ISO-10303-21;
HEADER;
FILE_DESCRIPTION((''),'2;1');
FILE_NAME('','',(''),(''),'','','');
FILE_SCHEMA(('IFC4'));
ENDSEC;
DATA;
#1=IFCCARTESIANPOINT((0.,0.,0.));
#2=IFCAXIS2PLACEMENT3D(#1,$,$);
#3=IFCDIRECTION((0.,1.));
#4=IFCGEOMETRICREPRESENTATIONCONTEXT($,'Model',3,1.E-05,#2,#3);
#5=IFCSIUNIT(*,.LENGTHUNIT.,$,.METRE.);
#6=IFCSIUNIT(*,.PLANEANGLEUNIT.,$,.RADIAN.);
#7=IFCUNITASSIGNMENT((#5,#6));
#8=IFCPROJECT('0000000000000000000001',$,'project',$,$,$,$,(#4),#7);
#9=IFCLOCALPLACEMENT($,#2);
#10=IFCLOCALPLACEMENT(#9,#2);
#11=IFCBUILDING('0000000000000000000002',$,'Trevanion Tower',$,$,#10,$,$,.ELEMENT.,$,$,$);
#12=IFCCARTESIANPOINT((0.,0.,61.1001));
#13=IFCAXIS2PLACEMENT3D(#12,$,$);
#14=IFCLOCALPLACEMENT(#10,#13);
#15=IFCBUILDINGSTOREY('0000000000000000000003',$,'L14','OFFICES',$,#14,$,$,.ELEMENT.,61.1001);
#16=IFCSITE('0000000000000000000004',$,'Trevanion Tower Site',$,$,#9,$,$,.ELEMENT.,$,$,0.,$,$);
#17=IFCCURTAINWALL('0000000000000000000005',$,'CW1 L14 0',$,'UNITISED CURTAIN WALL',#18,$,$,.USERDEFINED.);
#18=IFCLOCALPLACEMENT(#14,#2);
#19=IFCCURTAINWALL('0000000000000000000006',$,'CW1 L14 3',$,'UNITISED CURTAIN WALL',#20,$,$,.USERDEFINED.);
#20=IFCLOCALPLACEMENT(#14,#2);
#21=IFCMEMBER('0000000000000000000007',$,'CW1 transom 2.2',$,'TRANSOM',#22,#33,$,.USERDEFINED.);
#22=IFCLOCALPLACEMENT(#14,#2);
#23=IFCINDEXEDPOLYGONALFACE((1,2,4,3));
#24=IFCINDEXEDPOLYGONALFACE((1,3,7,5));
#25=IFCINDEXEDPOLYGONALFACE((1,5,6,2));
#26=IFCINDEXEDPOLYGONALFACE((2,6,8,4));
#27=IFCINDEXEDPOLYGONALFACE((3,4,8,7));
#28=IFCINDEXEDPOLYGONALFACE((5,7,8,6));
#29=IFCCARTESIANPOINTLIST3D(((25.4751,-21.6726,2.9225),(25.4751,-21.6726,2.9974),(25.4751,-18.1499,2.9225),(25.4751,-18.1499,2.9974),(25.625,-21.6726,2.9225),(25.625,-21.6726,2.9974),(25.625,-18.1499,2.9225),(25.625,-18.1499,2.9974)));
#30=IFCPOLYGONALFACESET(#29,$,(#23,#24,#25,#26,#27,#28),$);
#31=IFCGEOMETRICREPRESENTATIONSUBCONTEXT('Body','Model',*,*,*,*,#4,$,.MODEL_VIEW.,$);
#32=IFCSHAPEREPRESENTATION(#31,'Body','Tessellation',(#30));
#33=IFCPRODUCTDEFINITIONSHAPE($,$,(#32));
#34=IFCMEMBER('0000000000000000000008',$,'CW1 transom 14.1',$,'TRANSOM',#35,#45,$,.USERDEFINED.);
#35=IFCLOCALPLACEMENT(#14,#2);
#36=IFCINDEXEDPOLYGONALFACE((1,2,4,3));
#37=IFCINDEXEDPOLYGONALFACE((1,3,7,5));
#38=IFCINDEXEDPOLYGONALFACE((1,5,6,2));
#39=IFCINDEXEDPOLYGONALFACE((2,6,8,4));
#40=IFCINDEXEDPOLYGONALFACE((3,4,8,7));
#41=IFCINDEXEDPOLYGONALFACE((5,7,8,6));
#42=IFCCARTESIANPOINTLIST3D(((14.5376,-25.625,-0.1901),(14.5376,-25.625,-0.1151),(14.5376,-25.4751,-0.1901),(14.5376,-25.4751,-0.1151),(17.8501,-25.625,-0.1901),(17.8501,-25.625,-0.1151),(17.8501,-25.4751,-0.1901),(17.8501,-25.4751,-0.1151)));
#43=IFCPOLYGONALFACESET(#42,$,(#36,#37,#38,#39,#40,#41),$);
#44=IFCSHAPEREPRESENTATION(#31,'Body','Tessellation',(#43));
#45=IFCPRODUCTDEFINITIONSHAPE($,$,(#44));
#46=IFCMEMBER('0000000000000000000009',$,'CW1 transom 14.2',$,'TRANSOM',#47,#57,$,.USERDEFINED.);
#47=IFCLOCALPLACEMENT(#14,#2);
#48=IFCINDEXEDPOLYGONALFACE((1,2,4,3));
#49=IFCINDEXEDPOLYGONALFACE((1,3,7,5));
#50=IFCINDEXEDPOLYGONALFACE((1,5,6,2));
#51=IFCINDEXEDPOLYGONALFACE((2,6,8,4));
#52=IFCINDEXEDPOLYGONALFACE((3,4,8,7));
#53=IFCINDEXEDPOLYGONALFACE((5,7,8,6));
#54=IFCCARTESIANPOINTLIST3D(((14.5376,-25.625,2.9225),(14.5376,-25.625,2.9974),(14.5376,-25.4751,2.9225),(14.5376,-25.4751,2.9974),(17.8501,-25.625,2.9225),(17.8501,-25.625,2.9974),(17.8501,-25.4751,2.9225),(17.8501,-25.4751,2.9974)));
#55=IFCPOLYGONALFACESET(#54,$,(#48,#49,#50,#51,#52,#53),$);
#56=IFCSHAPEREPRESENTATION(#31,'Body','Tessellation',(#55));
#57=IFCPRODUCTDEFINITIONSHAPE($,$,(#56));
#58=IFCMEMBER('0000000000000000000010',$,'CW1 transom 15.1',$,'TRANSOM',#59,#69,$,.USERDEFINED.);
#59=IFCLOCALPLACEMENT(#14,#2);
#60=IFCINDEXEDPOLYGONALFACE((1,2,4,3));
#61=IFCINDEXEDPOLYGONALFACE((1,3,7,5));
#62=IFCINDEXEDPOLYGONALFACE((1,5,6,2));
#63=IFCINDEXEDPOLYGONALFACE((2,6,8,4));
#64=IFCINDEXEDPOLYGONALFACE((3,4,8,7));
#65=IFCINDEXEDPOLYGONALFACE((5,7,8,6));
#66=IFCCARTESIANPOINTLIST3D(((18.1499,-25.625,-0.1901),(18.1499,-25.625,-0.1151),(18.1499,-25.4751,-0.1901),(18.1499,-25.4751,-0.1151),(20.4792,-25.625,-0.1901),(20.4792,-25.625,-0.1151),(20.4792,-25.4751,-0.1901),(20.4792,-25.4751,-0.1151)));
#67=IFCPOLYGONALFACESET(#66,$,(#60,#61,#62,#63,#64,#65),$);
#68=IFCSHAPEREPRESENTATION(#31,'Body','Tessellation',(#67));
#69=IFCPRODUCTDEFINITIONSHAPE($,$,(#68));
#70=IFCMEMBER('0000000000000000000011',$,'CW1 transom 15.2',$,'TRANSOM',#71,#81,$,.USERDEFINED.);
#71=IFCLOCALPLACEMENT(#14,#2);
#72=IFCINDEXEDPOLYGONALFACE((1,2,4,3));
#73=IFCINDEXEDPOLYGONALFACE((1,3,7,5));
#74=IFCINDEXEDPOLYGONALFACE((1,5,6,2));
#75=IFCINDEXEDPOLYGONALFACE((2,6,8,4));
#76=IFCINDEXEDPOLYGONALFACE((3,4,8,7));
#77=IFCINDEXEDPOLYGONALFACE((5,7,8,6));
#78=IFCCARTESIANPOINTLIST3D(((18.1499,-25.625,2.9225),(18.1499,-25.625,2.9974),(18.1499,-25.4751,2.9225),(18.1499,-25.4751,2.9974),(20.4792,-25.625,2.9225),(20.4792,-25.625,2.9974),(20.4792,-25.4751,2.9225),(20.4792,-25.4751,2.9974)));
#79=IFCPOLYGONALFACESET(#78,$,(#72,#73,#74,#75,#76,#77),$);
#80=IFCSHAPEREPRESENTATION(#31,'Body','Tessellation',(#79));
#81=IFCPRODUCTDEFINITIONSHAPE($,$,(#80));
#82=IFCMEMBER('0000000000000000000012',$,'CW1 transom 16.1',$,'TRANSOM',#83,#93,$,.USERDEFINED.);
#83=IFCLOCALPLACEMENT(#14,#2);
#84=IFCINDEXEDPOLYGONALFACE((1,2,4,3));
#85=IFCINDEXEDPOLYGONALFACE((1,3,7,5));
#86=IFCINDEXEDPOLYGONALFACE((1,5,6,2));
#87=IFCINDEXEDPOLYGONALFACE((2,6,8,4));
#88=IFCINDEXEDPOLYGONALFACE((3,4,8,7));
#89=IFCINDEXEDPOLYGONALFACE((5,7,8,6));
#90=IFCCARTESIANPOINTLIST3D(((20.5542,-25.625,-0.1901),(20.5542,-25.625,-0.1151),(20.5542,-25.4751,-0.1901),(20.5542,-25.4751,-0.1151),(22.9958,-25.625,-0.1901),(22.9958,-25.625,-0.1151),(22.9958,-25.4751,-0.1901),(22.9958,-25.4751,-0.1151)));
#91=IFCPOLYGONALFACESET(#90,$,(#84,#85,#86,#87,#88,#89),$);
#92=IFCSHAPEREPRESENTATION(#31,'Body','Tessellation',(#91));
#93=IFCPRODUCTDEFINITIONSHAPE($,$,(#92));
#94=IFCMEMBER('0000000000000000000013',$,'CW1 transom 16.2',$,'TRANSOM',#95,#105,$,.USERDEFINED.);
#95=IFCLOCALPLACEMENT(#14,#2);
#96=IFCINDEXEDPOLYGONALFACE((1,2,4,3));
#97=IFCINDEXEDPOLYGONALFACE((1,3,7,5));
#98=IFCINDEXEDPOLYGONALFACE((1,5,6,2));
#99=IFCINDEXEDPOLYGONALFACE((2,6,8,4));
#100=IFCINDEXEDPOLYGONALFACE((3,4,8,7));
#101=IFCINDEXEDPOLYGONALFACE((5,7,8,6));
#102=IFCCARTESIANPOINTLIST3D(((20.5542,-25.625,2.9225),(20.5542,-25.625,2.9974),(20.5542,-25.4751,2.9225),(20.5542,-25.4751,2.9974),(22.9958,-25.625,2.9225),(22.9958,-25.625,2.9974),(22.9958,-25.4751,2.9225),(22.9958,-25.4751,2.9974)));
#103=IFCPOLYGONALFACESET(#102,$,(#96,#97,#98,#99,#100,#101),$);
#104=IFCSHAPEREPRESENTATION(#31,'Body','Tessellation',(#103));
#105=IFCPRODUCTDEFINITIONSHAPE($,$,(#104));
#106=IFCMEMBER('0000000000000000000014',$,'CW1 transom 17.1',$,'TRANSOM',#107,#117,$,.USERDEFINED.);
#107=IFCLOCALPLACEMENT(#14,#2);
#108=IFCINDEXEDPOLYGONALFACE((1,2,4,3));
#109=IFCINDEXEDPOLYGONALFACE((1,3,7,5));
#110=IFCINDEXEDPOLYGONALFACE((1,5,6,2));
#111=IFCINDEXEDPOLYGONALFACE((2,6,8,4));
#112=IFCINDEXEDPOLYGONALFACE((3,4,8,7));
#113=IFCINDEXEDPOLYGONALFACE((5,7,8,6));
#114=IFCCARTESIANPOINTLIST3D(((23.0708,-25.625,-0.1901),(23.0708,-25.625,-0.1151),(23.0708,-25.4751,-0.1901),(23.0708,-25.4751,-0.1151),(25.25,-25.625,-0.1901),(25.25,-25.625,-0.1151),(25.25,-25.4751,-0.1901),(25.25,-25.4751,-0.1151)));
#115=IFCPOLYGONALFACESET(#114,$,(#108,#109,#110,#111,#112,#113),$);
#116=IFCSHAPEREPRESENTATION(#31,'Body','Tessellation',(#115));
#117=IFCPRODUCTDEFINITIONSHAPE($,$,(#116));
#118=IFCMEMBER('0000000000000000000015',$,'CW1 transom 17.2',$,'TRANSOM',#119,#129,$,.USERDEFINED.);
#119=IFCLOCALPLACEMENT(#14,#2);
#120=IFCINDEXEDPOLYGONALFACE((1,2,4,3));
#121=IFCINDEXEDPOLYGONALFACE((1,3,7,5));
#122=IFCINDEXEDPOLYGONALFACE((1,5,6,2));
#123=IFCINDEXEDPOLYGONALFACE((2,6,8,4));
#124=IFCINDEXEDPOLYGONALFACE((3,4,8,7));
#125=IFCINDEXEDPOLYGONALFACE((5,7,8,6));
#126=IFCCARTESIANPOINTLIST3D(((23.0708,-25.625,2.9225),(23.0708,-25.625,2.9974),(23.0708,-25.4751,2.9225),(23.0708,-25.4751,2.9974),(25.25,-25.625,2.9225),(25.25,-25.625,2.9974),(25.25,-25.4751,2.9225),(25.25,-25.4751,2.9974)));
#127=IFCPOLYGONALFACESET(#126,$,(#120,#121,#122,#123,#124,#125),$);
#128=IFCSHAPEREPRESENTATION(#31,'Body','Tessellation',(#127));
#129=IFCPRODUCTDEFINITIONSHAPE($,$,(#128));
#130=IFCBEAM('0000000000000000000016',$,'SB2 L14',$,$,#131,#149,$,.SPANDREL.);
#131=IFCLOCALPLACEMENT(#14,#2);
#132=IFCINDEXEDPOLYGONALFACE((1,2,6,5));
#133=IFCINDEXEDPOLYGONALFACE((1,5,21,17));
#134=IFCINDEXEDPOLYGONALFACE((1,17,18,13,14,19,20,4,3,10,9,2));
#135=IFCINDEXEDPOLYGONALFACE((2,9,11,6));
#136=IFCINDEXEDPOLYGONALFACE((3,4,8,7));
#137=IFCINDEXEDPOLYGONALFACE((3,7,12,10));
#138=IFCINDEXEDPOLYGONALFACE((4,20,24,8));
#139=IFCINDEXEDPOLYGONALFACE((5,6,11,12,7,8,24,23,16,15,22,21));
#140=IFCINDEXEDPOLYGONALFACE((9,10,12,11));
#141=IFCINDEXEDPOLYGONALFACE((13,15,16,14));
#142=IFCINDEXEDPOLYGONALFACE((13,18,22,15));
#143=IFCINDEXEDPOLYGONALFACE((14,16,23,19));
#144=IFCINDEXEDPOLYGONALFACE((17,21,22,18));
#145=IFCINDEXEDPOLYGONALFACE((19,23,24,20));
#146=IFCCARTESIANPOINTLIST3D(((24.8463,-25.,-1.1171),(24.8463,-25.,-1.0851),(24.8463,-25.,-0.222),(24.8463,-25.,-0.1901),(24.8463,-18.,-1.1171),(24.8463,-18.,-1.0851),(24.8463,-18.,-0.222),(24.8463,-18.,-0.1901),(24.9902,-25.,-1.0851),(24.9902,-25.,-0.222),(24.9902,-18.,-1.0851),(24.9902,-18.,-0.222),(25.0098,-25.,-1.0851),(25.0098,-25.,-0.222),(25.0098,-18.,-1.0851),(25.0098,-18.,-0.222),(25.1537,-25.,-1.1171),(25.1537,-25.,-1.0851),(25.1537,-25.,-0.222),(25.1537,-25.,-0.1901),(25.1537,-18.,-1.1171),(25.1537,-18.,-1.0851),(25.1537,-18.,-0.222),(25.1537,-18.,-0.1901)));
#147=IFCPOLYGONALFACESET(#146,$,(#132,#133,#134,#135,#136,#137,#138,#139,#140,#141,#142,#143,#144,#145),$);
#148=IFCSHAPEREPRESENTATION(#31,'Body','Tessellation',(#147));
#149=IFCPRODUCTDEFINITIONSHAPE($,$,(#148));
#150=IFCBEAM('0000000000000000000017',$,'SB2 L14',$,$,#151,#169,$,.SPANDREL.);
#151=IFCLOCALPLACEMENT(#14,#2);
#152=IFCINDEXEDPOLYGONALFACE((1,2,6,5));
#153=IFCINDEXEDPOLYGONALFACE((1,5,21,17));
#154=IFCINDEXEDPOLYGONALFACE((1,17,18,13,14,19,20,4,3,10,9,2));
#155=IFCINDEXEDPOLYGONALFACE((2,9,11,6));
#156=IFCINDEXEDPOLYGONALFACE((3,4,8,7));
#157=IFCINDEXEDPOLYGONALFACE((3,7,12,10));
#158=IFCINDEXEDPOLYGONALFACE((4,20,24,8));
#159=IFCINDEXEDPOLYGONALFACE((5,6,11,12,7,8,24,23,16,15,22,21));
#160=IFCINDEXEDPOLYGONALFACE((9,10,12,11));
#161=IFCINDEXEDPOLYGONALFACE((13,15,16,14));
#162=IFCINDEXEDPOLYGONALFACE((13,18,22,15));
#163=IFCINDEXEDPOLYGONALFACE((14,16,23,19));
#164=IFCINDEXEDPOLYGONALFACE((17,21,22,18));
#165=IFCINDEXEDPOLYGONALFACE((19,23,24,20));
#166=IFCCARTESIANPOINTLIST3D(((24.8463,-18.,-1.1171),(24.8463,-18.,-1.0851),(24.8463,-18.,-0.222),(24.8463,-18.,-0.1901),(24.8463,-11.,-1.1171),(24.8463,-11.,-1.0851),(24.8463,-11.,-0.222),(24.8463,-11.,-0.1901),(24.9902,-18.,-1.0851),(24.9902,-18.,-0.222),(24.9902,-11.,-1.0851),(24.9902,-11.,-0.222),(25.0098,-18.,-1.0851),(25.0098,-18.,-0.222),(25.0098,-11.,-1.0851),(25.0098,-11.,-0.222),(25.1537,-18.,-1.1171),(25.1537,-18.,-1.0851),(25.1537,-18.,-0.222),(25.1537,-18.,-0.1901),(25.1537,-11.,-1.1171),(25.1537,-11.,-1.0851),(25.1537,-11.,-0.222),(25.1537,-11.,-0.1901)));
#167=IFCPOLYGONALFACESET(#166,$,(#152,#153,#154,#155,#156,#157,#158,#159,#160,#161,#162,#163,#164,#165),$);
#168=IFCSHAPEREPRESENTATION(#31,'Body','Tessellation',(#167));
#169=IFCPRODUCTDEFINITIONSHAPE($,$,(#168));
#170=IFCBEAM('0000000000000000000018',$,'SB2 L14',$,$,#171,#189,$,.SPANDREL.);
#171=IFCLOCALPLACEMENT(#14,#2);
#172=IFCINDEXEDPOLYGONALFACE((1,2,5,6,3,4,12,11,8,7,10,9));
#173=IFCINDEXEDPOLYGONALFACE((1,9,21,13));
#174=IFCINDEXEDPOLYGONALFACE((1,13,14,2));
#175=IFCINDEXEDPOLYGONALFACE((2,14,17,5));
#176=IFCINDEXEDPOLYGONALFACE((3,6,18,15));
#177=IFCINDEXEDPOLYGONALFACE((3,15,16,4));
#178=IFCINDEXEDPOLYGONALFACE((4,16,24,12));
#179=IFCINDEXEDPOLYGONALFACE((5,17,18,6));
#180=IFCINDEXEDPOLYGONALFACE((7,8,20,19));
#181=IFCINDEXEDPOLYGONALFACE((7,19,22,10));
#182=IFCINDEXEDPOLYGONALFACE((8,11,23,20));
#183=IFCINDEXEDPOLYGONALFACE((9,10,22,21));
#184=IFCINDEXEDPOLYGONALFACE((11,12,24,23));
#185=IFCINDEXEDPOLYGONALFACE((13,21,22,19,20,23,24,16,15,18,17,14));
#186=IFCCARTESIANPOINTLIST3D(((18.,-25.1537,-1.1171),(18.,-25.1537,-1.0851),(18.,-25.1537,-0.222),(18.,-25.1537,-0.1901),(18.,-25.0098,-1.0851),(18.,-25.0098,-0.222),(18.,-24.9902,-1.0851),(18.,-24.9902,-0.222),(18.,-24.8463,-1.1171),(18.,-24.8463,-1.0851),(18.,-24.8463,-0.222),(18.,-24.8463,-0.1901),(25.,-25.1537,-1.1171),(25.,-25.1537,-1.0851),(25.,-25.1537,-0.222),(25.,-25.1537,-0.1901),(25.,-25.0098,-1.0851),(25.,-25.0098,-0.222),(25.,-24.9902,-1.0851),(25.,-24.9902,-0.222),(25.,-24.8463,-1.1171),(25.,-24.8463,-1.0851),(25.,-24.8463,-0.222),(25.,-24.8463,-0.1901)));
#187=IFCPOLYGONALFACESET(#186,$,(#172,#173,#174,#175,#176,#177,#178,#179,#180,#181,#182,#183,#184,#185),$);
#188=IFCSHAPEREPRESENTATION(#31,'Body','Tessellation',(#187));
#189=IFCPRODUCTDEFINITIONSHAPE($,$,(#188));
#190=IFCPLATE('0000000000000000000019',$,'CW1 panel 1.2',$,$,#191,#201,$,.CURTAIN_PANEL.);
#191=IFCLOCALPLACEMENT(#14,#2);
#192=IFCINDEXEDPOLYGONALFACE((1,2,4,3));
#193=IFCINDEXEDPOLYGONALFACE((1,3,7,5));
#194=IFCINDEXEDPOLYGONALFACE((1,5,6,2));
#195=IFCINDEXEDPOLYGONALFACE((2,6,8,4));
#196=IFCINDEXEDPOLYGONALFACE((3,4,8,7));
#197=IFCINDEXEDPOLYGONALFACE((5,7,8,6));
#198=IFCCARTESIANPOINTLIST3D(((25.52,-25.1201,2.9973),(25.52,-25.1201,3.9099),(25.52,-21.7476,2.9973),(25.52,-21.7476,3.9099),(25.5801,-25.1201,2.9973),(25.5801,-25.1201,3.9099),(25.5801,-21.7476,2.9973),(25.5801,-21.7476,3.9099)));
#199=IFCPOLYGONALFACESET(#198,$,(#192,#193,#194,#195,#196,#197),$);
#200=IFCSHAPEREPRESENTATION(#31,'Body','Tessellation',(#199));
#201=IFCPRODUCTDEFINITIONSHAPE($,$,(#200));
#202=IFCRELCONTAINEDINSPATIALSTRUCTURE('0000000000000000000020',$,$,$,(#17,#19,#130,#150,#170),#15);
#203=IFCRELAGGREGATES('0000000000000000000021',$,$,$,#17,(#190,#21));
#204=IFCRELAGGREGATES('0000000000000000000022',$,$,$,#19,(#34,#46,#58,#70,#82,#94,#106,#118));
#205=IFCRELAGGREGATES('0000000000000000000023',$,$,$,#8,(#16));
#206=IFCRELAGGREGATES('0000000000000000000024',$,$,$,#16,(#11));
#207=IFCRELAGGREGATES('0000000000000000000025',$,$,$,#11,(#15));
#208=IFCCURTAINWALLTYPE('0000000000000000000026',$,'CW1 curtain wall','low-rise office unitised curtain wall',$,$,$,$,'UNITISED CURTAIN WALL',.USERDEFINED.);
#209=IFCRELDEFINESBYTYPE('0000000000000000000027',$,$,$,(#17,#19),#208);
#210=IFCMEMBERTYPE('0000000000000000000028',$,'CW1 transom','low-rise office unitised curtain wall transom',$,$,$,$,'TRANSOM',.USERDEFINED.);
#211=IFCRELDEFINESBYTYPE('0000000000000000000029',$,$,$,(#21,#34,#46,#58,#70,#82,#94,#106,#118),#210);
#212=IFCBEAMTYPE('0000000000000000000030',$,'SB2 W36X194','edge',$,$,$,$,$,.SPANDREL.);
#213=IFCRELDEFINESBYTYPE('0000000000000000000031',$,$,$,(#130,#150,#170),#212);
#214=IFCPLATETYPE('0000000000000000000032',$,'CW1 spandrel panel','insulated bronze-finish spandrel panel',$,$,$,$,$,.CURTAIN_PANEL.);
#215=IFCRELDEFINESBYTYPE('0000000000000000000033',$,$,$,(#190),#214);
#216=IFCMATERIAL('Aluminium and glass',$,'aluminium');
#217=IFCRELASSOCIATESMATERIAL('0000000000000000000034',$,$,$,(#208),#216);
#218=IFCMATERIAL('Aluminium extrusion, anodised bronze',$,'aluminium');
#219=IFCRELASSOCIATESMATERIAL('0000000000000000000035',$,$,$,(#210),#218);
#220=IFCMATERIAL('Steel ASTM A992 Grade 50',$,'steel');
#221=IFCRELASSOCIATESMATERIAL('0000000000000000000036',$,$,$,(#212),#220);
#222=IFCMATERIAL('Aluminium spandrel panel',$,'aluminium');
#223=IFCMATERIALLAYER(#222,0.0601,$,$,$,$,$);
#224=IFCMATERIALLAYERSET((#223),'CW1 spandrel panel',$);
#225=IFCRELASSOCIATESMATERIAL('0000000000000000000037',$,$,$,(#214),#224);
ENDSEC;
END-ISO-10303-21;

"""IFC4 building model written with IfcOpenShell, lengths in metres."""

from ifc_helpers import new_model, si_unit, direction, frame, origin, origin_2d, place, context, subcontext, project, spatial, rectangle, i_section, extrude, material, layer, layer_set, material_profile, profile_set, type_object, element, aggregate, save


model = new_model("IFC4")

# Units and contexts
model_context = context("Model", 3, precision=1e-05, world=origin(), true_north=direction((0.0, 1.0)))
body_context = subcontext(model_context, "Body", "Model", "MODEL_VIEW")
ifc_project = project(units=[si_unit("LENGTHUNIT", "METRE"), si_unit("PLANEANGLEUNIT", "RADIAN")], contexts=[model_context])

# Site, building, storey
site_placement = place(None, origin())
site = spatial("IfcSite", under=ifc_project, at=site_placement, Name="Trevanion Tower Site", CompositionType="ELEMENT", RefElevation=0.0)
building_placement = place(site_placement, origin())
building = spatial("IfcBuilding", under=site, at=building_placement, Name="Trevanion Tower", CompositionType="ELEMENT")
storey_placement = place(building_placement, frame((0.0, 0.0, 61.1001)))
storey = spatial("IfcBuildingStorey", under=building, at=storey_placement, Name="L14", Description="OFFICES", CompositionType="ELEMENT", Elevation=61.1001)

# Curtain wall
ifc_material_1 = material(Name="Aluminium and glass", Category="aluminium")
curtain_wall_type = type_object("IfcCurtainWallType", Name="CW1 curtain wall", Description="low-rise office unitised curtain wall", ElementType="UNITISED CURTAIN WALL", PredefinedType="USERDEFINED", material=ifc_material_1)
curtain_wall_1_placement = place(storey_placement, origin())
curtain_wall_1 = element("IfcCurtainWall", 1, at=curtain_wall_1_placement, inside=storey, type_object=curtain_wall_type, Name="CW1 L14 0", ObjectType="UNITISED CURTAIN WALL", PredefinedType="USERDEFINED")

# Curtain wall
curtain_wall_2_placement = place(storey_placement, origin())
curtain_wall_2 = element("IfcCurtainWall", 2, at=curtain_wall_2_placement, inside=storey, type_object=curtain_wall_type, Name="CW1 L14 3", ObjectType="UNITISED CURTAIN WALL", PredefinedType="USERDEFINED")

# Members
ifc_material_2 = material(Name="Aluminium extrusion, anodised bronze", Category="aluminium")
ifc_material_profile_1 = material_profile(ifc_material_2, rectangle(XDim=0.1499, YDim=0.075, at=origin_2d()), Name="CW1 transom")
ifc_profile_set_1 = profile_set([ifc_material_profile_1], Name="Aluminium extrusion, anodised bronze")
member_type_1 = type_object("IfcMemberType", Name="CW1 transom", Description="low-rise office unitised curtain wall transom", ElementType="TRANSOM", PredefinedType="USERDEFINED", material=ifc_profile_set_1)
member_1_placement = place(storey_placement, frame((25.55, -21.6726, 2.96), z_axis=(0.0, 1.0, 0.0), x_axis=(-1.0, 0.0, 0.0)))
member_1 = element("IfcMember", 3, at=member_1_placement, type_object=member_type_1, Name="CW1 transom 2.2", ObjectType="TRANSOM", PredefinedType="USERDEFINED", context=body_context, shape_type="SweptSolid", body=[
    extrude(rectangle(XDim=0.1499, YDim=0.075, at=origin_2d()), origin(), (0.0, 0.0, 1.0), 3.5227),
])
member_2_placement = place(storey_placement, frame((14.5376, -25.55, -0.1526), z_axis=(1.0, 0.0, 0.0), x_axis=(0.0, 1.0, 0.0)))
member_2 = element("IfcMember", 4, at=member_2_placement, type_object=member_type_1, Name="CW1 transom 14.1", ObjectType="TRANSOM", PredefinedType="USERDEFINED", context=body_context, shape_type="SweptSolid", body=[
    extrude(rectangle(XDim=0.1499, YDim=0.075, at=origin_2d()), origin(), (0.0, 0.0, 1.0), 3.3125),
])
member_3_placement = place(storey_placement, frame((14.5376, -25.55, 2.96), z_axis=(1.0, 0.0, 0.0), x_axis=(0.0, 1.0, 0.0)))
member_3 = element("IfcMember", 5, at=member_3_placement, type_object=member_type_1, Name="CW1 transom 14.2", ObjectType="TRANSOM", PredefinedType="USERDEFINED", context=body_context, shape_type="SweptSolid", body=[
    extrude(rectangle(XDim=0.1499, YDim=0.075, at=origin_2d()), origin(), (0.0, 0.0, 1.0), 3.3125),
])
member_4_placement = place(storey_placement, frame((18.1499, -25.55, -0.1526), z_axis=(1.0, 0.0, 0.0), x_axis=(0.0, 1.0, 0.0)))
member_4 = element("IfcMember", 6, at=member_4_placement, type_object=member_type_1, Name="CW1 transom 15.1", ObjectType="TRANSOM", PredefinedType="USERDEFINED", context=body_context, shape_type="SweptSolid", body=[
    extrude(rectangle(XDim=0.1499, YDim=0.075, at=origin_2d()), origin(), (0.0, 0.0, 1.0), 2.3293),
])
member_5_placement = place(storey_placement, frame((18.1499, -25.55, 2.96), z_axis=(1.0, 0.0, 0.0), x_axis=(0.0, 1.0, 0.0)))
member_5 = element("IfcMember", 7, at=member_5_placement, type_object=member_type_1, Name="CW1 transom 15.2", ObjectType="TRANSOM", PredefinedType="USERDEFINED", context=body_context, shape_type="SweptSolid", body=[
    extrude(rectangle(XDim=0.1499, YDim=0.075, at=origin_2d()), origin(), (0.0, 0.0, 1.0), 2.3293),
])
member_6_placement = place(storey_placement, frame((20.5542, -25.55, -0.1526), z_axis=(1.0, 0.0, 0.0), x_axis=(0.0, 1.0, 0.0)))
member_6 = element("IfcMember", 8, at=member_6_placement, type_object=member_type_1, Name="CW1 transom 16.1", ObjectType="TRANSOM", PredefinedType="USERDEFINED", context=body_context, shape_type="SweptSolid", body=[
    extrude(rectangle(XDim=0.1499, YDim=0.075, at=origin_2d()), origin(), (0.0, 0.0, 1.0), 2.4417),
])
member_7_placement = place(storey_placement, frame((20.5542, -25.55, 2.96), z_axis=(1.0, 0.0, 0.0), x_axis=(0.0, 1.0, 0.0)))
member_7 = element("IfcMember", 9, at=member_7_placement, type_object=member_type_1, Name="CW1 transom 16.2", ObjectType="TRANSOM", PredefinedType="USERDEFINED", context=body_context, shape_type="SweptSolid", body=[
    extrude(rectangle(XDim=0.1499, YDim=0.075, at=origin_2d()), origin(), (0.0, 0.0, 1.0), 2.4417),
])
member_8_placement = place(storey_placement, frame((23.0708, -25.55, -0.1526), z_axis=(1.0, 0.0, 0.0), x_axis=(0.0, 1.0, 0.0)))
member_8 = element("IfcMember", 10, at=member_8_placement, type_object=member_type_1, Name="CW1 transom 17.1", ObjectType="TRANSOM", PredefinedType="USERDEFINED", context=body_context, shape_type="SweptSolid", body=[
    extrude(rectangle(XDim=0.1499, YDim=0.075, at=origin_2d()), origin(), (0.0, 0.0, 1.0), 2.1792),
])
member_9_placement = place(storey_placement, frame((23.0708, -25.55, 2.96), z_axis=(1.0, 0.0, 0.0), x_axis=(0.0, 1.0, 0.0)))
member_9 = element("IfcMember", 11, at=member_9_placement, type_object=member_type_1, Name="CW1 transom 17.2", ObjectType="TRANSOM", PredefinedType="USERDEFINED", context=body_context, shape_type="SweptSolid", body=[
    extrude(rectangle(XDim=0.1499, YDim=0.075, at=origin_2d()), origin(), (0.0, 0.0, 1.0), 2.1792),
])

# Beams
ifc_material_3 = material(Name="Steel ASTM A992 Grade 50", Category="steel")
ifc_material_profile_2 = material_profile(ifc_material_3, i_section(OverallWidth=0.3074, OverallDepth=0.927, WebThickness=0.0195, FlangeThickness=0.032, at=origin_2d()), Name="W36X194")
ifc_profile_set_2 = profile_set([ifc_material_profile_2], Name="Steel ASTM A992 Grade 50")
beam_type = type_object("IfcBeamType", Name="SB2 W36X194", Description="edge", PredefinedType="SPANDREL", material=ifc_profile_set_2)
for number, where, z_axis, x_axis, name in (
    (12, (25.0, -25.0, -0.6536), (0.0, 1.0, 0.0), (-1.0, 0.0, 0.0), "SB2 L14"),
    (13, (25.0, -18.0, -0.6536), (0.0, 1.0, 0.0), (-1.0, 0.0, 0.0), "SB2 L14"),
    (14, (18.0, -25.0, -0.6536), (1.0, 0.0, 0.0), (0.0, 1.0, 0.0), "SB2 L14"),
):
    element("IfcBeam", number, at=place(storey_placement, frame(where, z_axis=z_axis, x_axis=x_axis)), inside=storey, type_object=beam_type, Name=name, PredefinedType="SPANDREL", context=body_context, shape_type="SweptSolid", body=[
        extrude(i_section(OverallWidth=0.3074, OverallDepth=0.927, WebThickness=0.0195, FlangeThickness=0.032, at=origin_2d()), origin(), (0.0, 0.0, 1.0), 7.0),
    ])

# Plate
ifc_material_4 = material(Name="Aluminium spandrel panel", Category="aluminium")
ifc_layer_1 = layer(ifc_material_4, 0.0601)
ifc_layer_set_1 = layer_set([ifc_layer_1], Name="CW1 spandrel panel")
plate_type_1 = type_object("IfcPlateType", Name="CW1 spandrel panel", Description="insulated bronze-finish spandrel panel", PredefinedType="CURTAIN_PANEL", material=ifc_layer_set_1)
plate_1_placement = place(storey_placement, frame((25.55, -23.4338, 2.9973), z_axis=(0.0, 0.0, 1.0), x_axis=(0.0, 1.0, 0.0)))
plate_1 = element("IfcPlate", 15, at=plate_1_placement, type_object=plate_type_1, Name="CW1 panel 1.2", PredefinedType="CURTAIN_PANEL", context=body_context, shape_type="SweptSolid", body=[
    extrude(rectangle(XDim=3.3726, YDim=0.0601, at=origin_2d()), origin(), (0.0, 0.0, 1.0), 0.9126),
])
aggregate(curtain_wall_1, [plate_1, member_1])
aggregate(curtain_wall_2, [member_2, member_3, member_4, member_5, member_6, member_7, member_8, member_9])

save(model, "model.ifc")
